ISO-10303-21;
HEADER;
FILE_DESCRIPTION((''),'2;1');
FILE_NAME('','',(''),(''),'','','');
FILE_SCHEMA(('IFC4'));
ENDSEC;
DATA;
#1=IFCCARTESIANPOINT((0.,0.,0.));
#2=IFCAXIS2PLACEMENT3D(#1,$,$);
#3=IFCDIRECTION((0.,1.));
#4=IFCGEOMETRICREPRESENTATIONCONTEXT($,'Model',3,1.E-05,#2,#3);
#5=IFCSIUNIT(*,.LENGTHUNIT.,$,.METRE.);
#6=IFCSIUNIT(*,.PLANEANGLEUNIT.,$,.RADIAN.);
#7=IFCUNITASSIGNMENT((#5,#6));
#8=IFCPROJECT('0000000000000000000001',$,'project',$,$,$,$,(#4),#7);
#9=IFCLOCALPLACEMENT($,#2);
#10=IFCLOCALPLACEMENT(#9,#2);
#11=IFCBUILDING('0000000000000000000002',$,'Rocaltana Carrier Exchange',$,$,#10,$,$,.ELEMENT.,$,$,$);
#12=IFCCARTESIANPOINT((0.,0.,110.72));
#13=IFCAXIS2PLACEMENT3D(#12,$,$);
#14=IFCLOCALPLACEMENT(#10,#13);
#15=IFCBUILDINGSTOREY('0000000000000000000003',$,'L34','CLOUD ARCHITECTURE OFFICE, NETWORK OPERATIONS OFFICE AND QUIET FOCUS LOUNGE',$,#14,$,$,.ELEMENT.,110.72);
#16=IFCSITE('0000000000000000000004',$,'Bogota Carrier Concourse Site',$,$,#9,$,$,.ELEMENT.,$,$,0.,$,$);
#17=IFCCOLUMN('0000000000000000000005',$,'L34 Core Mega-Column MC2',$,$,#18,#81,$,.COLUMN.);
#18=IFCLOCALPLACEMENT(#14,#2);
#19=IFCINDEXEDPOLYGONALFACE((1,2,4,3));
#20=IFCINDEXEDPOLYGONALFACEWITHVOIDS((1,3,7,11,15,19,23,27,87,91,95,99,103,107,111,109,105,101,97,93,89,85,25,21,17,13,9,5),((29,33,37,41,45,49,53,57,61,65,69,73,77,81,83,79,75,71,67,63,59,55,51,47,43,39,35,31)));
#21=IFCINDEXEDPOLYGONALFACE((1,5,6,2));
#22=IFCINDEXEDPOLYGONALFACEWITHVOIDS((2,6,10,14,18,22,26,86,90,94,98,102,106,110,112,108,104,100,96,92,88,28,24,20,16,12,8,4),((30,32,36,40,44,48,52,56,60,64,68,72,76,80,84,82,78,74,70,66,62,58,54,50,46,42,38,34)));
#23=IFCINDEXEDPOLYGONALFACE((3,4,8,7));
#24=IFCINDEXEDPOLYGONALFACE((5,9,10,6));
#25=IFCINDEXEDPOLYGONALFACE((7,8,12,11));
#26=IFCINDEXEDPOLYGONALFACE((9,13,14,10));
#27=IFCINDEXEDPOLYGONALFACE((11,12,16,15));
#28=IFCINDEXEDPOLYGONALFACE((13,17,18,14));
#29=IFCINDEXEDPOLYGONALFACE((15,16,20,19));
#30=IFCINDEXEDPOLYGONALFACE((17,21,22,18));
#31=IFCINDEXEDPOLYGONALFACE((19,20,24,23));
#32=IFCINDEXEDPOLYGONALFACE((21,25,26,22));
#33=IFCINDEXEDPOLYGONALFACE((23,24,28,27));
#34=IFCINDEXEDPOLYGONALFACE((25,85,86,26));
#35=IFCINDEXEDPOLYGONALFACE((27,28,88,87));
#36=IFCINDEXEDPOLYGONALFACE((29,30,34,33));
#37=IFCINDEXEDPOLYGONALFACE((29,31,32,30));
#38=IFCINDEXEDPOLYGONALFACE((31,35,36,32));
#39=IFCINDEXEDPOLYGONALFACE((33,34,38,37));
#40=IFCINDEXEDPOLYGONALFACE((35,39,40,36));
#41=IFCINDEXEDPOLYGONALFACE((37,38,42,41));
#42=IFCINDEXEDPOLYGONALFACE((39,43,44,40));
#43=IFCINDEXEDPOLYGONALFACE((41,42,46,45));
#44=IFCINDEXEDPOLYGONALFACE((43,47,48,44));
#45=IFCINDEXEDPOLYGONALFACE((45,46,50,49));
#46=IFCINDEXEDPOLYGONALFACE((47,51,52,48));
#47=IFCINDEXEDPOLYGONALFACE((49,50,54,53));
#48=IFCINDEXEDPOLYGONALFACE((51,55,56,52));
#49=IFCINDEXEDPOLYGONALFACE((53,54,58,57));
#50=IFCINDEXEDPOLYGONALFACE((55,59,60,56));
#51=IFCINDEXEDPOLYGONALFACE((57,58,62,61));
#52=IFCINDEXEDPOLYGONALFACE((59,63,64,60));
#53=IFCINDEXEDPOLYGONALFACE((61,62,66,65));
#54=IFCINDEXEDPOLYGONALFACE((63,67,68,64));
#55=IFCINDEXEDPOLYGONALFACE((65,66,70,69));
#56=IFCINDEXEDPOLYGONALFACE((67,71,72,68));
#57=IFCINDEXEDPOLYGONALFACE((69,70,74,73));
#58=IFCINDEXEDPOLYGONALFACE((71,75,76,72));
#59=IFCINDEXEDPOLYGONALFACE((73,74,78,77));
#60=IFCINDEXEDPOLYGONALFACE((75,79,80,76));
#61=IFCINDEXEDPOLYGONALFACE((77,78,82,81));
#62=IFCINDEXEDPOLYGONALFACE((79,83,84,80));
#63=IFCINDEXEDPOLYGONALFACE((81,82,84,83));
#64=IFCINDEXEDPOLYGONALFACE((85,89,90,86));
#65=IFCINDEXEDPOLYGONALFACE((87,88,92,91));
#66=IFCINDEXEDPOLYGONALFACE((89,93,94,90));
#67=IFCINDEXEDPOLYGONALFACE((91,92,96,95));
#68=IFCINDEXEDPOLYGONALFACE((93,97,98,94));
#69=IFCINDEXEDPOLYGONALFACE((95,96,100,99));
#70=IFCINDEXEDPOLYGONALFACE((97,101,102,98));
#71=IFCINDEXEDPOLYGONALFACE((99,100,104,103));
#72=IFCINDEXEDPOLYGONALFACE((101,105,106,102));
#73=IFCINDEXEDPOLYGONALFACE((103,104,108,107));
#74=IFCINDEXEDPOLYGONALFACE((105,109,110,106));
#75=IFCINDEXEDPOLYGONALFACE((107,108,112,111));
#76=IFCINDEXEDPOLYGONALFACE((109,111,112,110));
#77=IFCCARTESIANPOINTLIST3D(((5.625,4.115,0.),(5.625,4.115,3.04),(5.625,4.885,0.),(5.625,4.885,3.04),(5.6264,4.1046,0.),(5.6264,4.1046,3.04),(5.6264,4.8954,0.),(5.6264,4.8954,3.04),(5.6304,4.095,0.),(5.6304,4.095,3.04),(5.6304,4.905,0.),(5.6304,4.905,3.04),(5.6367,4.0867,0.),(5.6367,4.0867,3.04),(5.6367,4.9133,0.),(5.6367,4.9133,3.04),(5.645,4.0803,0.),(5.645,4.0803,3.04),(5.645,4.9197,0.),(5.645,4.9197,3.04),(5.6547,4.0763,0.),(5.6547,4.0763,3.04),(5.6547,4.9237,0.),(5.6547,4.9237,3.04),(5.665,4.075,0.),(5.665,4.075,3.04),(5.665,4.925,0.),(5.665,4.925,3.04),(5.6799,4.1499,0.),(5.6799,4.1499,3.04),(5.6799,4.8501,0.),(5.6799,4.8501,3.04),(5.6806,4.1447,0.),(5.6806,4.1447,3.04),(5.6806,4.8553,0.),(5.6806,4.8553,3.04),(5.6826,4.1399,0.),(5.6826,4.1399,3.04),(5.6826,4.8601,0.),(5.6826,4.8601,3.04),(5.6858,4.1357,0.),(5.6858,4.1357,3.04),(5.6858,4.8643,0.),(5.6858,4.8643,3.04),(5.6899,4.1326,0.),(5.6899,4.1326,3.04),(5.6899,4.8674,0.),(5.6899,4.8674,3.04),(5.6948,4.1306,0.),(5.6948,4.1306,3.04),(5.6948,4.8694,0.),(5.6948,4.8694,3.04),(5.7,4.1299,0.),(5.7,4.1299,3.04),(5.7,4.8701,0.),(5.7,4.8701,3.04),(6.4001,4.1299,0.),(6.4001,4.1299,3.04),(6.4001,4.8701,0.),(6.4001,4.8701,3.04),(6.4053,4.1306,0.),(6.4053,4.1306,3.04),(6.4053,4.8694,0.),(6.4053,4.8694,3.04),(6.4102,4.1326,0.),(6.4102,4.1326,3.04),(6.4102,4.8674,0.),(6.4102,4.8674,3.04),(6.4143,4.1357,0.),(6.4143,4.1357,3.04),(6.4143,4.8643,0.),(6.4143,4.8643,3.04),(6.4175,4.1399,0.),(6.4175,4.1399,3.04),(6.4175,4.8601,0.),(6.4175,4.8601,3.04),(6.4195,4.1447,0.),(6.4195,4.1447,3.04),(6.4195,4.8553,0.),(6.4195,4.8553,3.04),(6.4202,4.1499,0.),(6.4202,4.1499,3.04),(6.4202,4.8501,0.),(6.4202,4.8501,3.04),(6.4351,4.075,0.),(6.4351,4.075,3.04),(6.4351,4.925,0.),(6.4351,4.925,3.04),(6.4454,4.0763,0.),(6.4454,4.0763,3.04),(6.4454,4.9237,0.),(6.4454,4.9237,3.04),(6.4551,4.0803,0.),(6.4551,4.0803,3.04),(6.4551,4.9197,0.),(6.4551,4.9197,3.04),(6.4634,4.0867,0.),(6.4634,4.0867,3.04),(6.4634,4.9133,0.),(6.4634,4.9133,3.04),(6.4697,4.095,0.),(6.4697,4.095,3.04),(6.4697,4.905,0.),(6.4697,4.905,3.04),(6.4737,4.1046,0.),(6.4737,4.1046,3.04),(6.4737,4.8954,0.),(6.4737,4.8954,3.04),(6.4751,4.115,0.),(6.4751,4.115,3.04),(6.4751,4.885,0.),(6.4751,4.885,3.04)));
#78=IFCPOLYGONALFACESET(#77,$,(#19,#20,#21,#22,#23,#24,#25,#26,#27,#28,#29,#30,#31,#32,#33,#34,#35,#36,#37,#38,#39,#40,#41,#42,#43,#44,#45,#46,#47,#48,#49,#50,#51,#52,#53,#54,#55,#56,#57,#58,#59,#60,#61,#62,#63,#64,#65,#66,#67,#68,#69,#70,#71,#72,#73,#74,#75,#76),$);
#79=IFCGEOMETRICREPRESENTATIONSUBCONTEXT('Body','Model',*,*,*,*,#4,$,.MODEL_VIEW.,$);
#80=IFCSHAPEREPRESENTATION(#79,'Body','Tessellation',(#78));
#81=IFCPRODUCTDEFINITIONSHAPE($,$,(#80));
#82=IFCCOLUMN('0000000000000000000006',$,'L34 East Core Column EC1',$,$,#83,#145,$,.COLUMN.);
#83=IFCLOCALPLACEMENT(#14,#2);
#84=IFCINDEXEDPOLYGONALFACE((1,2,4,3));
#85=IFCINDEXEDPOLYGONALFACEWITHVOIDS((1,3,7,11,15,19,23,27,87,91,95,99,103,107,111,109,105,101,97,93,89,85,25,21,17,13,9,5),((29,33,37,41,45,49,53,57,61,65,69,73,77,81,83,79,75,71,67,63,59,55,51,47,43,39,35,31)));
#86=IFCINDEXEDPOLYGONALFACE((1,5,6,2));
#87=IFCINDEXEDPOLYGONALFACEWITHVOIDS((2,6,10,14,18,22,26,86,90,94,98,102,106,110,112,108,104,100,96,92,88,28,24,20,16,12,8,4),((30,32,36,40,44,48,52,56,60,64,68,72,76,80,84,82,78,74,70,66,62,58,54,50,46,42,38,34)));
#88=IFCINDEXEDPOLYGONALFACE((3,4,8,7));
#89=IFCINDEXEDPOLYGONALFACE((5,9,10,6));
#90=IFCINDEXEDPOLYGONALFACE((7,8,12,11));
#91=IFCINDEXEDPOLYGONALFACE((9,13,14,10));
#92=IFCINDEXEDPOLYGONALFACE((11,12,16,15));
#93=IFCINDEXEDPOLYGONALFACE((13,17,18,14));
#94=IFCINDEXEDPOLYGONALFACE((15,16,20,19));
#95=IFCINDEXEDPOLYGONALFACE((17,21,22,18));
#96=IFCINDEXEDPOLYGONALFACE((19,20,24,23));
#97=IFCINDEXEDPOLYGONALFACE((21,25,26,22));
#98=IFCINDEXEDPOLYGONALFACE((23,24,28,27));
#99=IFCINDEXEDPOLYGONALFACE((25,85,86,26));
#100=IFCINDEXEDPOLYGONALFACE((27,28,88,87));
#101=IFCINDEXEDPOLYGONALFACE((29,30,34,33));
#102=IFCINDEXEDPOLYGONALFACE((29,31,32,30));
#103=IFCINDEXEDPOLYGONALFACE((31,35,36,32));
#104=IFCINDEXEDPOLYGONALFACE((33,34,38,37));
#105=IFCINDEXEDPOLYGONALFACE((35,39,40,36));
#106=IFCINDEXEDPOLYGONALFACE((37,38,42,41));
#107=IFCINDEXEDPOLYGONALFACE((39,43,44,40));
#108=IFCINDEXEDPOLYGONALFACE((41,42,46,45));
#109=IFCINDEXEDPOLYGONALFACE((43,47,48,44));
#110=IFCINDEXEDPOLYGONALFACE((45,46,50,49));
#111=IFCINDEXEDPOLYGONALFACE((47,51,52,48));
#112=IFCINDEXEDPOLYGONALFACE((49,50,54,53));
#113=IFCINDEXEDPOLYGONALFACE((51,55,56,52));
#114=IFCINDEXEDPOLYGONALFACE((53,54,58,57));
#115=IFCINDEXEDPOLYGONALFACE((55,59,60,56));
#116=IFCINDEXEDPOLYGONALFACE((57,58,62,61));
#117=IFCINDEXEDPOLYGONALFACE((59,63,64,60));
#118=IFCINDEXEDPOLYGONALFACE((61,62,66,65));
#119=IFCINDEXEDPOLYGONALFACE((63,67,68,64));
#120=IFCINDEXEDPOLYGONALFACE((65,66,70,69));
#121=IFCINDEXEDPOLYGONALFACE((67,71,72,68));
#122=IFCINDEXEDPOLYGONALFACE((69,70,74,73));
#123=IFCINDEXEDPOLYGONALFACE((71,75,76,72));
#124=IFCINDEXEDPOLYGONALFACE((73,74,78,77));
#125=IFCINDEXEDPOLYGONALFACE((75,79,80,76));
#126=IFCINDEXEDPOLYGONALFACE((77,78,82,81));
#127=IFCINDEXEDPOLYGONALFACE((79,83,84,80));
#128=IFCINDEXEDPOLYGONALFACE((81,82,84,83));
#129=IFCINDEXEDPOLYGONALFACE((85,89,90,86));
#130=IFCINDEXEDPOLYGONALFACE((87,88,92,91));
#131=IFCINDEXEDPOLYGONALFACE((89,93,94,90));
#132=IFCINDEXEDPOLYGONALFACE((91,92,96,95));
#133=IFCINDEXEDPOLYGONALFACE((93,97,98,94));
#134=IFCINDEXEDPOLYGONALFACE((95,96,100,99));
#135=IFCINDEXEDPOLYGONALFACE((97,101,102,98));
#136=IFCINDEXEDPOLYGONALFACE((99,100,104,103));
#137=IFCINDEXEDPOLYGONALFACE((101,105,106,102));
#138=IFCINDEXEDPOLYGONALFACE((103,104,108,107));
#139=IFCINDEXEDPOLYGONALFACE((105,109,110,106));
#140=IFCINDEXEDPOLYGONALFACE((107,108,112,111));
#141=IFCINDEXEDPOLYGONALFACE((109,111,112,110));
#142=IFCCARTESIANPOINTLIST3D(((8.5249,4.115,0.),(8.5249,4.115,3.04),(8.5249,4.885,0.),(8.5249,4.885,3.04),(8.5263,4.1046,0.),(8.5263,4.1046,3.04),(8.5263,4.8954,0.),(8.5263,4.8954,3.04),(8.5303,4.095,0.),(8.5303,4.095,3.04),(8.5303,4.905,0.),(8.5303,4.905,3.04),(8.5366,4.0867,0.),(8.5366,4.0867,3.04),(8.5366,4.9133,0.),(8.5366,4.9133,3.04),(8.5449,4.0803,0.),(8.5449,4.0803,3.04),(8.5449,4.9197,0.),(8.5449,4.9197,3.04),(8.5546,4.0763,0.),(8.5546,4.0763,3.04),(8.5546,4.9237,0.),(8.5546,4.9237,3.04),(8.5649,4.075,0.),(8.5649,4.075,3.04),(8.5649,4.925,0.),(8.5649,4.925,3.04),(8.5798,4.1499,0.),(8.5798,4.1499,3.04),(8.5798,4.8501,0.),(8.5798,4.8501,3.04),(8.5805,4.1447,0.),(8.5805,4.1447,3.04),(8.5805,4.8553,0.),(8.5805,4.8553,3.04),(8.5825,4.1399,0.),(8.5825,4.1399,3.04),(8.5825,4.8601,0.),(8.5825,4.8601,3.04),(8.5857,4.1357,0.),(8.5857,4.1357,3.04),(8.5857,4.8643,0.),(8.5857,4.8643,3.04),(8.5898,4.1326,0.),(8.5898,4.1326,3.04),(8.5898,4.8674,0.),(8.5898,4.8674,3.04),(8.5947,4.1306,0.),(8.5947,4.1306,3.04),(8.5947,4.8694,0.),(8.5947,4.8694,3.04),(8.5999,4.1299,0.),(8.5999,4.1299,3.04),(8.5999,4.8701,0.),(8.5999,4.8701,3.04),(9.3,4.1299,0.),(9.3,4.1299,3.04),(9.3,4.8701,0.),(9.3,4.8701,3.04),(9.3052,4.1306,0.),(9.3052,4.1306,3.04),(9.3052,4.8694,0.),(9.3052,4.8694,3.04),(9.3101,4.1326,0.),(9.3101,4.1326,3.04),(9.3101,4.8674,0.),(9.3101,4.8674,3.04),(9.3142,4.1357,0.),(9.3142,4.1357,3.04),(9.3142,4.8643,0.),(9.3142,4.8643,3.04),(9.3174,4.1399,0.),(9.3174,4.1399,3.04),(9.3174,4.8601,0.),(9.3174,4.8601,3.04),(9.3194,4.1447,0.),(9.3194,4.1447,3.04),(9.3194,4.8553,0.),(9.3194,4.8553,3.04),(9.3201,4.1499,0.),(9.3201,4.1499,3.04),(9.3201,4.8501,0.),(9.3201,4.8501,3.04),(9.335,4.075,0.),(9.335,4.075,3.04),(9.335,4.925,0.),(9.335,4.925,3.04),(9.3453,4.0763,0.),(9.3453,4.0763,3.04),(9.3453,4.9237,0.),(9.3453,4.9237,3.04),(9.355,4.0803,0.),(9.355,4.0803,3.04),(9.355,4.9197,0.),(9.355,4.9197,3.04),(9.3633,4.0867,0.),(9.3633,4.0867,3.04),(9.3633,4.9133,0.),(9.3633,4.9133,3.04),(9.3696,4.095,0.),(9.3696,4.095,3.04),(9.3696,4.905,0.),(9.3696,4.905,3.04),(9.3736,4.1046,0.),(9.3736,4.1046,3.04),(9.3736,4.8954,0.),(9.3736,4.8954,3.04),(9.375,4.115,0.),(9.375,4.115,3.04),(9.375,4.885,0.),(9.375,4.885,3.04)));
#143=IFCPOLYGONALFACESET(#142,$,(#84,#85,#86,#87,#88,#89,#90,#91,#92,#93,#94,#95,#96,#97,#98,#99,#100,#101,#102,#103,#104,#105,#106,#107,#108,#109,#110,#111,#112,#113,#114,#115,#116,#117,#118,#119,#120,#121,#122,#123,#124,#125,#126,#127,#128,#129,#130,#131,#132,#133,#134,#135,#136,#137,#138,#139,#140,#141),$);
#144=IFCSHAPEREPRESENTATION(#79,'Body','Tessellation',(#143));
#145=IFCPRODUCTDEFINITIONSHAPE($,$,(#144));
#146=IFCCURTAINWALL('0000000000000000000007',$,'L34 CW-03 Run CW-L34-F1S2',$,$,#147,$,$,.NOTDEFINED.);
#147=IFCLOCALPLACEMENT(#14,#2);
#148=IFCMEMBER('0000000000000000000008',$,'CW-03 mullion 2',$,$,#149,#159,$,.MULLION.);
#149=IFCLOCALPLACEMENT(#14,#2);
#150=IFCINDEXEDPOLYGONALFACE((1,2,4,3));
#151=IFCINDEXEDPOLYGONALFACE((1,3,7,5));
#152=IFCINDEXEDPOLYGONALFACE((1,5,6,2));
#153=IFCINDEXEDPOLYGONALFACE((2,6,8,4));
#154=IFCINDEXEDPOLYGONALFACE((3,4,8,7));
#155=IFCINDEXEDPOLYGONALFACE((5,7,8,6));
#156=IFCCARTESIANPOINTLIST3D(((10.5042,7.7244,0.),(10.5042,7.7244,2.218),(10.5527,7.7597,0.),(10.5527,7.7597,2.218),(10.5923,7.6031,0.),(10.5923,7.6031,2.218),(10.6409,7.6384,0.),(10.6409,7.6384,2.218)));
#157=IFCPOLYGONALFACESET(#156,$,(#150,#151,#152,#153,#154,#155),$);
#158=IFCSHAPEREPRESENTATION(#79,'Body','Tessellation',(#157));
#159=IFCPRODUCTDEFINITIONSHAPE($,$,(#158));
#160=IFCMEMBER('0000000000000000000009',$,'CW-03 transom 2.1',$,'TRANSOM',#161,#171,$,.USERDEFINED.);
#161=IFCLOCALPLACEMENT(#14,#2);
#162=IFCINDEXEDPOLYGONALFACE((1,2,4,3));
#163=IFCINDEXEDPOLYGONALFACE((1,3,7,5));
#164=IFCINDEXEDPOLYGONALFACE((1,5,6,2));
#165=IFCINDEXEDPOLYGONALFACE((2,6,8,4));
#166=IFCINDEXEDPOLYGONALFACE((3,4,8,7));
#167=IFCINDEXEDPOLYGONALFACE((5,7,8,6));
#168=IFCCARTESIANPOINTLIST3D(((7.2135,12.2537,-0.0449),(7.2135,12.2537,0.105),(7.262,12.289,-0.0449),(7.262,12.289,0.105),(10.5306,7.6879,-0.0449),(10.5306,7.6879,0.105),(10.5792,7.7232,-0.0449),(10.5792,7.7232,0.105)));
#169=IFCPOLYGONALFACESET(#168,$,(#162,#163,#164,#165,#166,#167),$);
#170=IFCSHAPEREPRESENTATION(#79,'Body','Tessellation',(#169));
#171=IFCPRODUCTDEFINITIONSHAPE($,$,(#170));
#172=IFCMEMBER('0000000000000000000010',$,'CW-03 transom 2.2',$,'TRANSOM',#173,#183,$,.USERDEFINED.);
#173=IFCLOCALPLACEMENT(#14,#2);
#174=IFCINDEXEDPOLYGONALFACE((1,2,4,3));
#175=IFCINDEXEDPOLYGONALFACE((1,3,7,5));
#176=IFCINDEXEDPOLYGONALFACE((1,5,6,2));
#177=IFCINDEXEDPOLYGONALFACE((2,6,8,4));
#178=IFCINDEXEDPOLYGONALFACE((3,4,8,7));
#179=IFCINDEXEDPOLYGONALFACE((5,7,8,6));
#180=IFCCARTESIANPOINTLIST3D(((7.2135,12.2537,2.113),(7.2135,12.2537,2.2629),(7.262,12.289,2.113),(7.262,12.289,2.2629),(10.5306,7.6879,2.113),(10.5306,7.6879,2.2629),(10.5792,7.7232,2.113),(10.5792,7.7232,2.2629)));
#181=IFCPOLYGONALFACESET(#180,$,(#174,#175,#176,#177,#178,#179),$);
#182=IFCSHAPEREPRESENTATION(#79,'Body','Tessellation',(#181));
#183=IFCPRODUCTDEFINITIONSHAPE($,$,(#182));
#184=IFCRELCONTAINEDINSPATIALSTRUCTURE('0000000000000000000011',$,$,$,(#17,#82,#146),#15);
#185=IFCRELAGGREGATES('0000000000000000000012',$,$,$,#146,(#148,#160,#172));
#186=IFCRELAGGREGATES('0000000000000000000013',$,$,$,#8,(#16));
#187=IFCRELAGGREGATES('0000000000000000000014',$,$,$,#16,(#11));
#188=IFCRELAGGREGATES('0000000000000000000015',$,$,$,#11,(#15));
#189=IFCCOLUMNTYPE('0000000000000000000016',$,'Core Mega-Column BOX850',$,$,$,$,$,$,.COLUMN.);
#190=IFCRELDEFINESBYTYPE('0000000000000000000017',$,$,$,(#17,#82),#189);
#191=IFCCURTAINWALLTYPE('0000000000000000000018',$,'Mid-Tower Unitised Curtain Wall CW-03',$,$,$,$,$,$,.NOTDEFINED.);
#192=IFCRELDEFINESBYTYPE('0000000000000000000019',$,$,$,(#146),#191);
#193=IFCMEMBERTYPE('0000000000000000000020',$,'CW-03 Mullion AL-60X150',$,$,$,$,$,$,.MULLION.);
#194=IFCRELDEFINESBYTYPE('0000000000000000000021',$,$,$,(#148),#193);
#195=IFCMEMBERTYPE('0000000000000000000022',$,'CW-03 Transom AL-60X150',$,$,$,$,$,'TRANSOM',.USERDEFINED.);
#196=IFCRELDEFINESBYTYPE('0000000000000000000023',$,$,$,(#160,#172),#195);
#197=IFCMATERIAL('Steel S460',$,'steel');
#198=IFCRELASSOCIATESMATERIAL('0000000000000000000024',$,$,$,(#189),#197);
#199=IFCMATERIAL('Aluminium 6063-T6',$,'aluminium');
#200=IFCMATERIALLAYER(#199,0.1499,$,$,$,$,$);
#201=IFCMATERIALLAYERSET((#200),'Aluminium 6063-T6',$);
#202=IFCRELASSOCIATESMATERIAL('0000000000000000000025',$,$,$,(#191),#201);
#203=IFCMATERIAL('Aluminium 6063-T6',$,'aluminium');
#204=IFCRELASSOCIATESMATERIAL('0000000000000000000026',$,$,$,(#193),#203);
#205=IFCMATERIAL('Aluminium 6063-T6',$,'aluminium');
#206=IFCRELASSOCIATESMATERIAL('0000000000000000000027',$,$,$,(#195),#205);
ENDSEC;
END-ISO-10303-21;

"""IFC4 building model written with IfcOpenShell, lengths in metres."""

from ifc_helpers import new_model, si_unit, direction, frame, origin, origin_2d, place, context, subcontext, project, spatial, rectangle, hollow_rectangle, extrude, material, layer, layer_set, material_profile, profile_set, type_object, element, aggregate, save


model = new_model("IFC4")

# Units and contexts
model_context = context("Model", 3, precision=1e-05, world=origin(), true_north=direction((0.0, 1.0)))
body_context = subcontext(model_context, "Body", "Model", "MODEL_VIEW")
ifc_project = project(units=[si_unit("LENGTHUNIT", "METRE"), si_unit("PLANEANGLEUNIT", "RADIAN")], contexts=[model_context])

# Site, building, storey
site_placement = place(None, origin())
site = spatial("IfcSite", under=ifc_project, at=site_placement, Name="Bogota Carrier Concourse Site", CompositionType="ELEMENT", RefElevation=0.0)
building_placement = place(site_placement, origin())
building = spatial("IfcBuilding", under=site, at=building_placement, Name="Rocaltana Carrier Exchange", CompositionType="ELEMENT")
storey_placement = place(building_placement, frame((0.0, 0.0, 110.72)))
storey = spatial("IfcBuildingStorey", under=building, at=storey_placement, Name="L34", Description="CLOUD ARCHITECTURE OFFICE, NETWORK OPERATIONS OFFICE AND QUIET FOCUS LOUNGE", CompositionType="ELEMENT", Elevation=110.72)

# Columns
ifc_material_1 = material(Name="Steel S460", Category="steel")
ifc_material_profile_1 = material_profile(ifc_material_1, hollow_rectangle(XDim=0.8501, YDim=0.8501, WallThickness=0.0549, InnerFilletRadius=0.02, OuterFilletRadius=0.04, at=origin_2d()), Name="BOX850X850X55")
ifc_profile_set_1 = profile_set([ifc_material_profile_1], Name="Steel S460")
column_type = type_object("IfcColumnType", Name="Core Mega-Column BOX850", PredefinedType="COLUMN", material=ifc_profile_set_1)
for number, where, z_axis, x_axis, name in (
    (1, (6.05, 4.5, 0.0), (0.0, 0.0, 1.0), (1.0, 0.0, 0.0), "L34 Core Mega-Column MC2"),
    (2, (8.95, 4.5, 0.0), (0.0, 0.0, 1.0), (1.0, 0.0, 0.0), "L34 East Core Column EC1"),
):
    element("IfcColumn", number, at=place(storey_placement, frame(where, z_axis=z_axis, x_axis=x_axis)), inside=storey, type_object=column_type, Name=name, PredefinedType="COLUMN", context=body_context, shape_type="SweptSolid", body=[
        extrude(hollow_rectangle(XDim=0.8501, YDim=0.8501, WallThickness=0.0549, InnerFilletRadius=0.02, OuterFilletRadius=0.04, at=origin_2d()), origin(), (0.0, 0.0, 1.0), 3.04),
    ])

# Curtain wall, members
ifc_material_2 = material(Name="Aluminium 6063-T6", Category="aluminium")
ifc_layer_1 = layer(ifc_material_2, 0.1499)
ifc_layer_set_1 = layer_set([ifc_layer_1], Name="Aluminium 6063-T6")
curtain_wall_type = type_object("IfcCurtainWallType", Name="Mid-Tower Unitised Curtain Wall CW-03", PredefinedType="NOTDEFINED", material=ifc_layer_set_1)
curtain_wall_placement = place(storey_placement, origin())
curtain_wall = element("IfcCurtainWall", 3, at=curtain_wall_placement, inside=storey, type_object=curtain_wall_type, Name="L34 CW-03 Run CW-L34-F1S2", PredefinedType="NOTDEFINED")
ifc_material_3 = material(Name="Aluminium 6063-T6", Category="aluminium")
ifc_material_profile_2 = material_profile(ifc_material_3, rectangle(XDim=0.0601, YDim=0.1499, at=origin_2d()), Name="AL-60X150")
ifc_profile_set_2 = profile_set([ifc_material_profile_2], Name="Aluminium 6063-T6")
member_type_1 = type_object("IfcMemberType", Name="CW-03 Mullion AL-60X150", PredefinedType="MULLION", material=ifc_profile_set_2)
member_1_placement = place(storey_placement, frame((10.5725, 7.6814, 0.0), z_axis=(0.0, 0.0, 1.0), x_axis=(-0.809014, -0.58779, 0.0)))
member_1 = element("IfcMember", 4, at=member_1_placement, type_object=member_type_1, Name="CW-03 mullion 2", PredefinedType="MULLION", context=body_context, shape_type="SweptSolid", body=[
    extrude(rectangle(XDim=0.0601, YDim=0.1499, at=origin_2d()), origin(), (0.0, 0.0, 1.0), 2.218),
])
ifc_material_4 = material(Name="Aluminium 6063-T6", Category="aluminium")
ifc_material_profile_3 = material_profile(ifc_material_4, rectangle(XDim=0.0601, YDim=0.1499, at=origin_2d()), Name="AL-60X150")
ifc_profile_set_3 = profile_set([ifc_material_profile_3], Name="Aluminium 6063-T6")
member_type_2 = type_object("IfcMemberType", Name="CW-03 Transom AL-60X150", ElementType="TRANSOM", PredefinedType="USERDEFINED", material=ifc_profile_set_3)
member_2_placement = place(storey_placement, frame((10.5549, 7.7056, 0.03), z_axis=(-0.587783, 0.809018, 0.0), x_axis=(-0.809018, -0.587783, 0.0)))
member_2 = element("IfcMember", 5, at=member_2_placement, type_object=member_type_2, Name="CW-03 transom 2.1", ObjectType="TRANSOM", PredefinedType="USERDEFINED", context=body_context, shape_type="SweptSolid", body=[
    extrude(rectangle(XDim=0.0601, YDim=0.1499, at=origin_2d()), origin(), (0.0, 0.0, 1.0), 5.6436),
])
member_3_placement = place(storey_placement, frame((10.5549, 7.7056, 2.188), z_axis=(-0.587783, 0.809018, 0.0), x_axis=(-0.809018, -0.587783, 0.0)))
member_3 = element("IfcMember", 6, at=member_3_placement, type_object=member_type_2, Name="CW-03 transom 2.2", ObjectType="TRANSOM", PredefinedType="USERDEFINED", context=body_context, shape_type="SweptSolid", body=[
    extrude(rectangle(XDim=0.0601, YDim=0.1499, at=origin_2d()), origin(), (0.0, 0.0, 1.0), 5.6436),
])

aggregate(curtain_wall, [member_1, member_2, member_3])

save(model, "model.ifc")
